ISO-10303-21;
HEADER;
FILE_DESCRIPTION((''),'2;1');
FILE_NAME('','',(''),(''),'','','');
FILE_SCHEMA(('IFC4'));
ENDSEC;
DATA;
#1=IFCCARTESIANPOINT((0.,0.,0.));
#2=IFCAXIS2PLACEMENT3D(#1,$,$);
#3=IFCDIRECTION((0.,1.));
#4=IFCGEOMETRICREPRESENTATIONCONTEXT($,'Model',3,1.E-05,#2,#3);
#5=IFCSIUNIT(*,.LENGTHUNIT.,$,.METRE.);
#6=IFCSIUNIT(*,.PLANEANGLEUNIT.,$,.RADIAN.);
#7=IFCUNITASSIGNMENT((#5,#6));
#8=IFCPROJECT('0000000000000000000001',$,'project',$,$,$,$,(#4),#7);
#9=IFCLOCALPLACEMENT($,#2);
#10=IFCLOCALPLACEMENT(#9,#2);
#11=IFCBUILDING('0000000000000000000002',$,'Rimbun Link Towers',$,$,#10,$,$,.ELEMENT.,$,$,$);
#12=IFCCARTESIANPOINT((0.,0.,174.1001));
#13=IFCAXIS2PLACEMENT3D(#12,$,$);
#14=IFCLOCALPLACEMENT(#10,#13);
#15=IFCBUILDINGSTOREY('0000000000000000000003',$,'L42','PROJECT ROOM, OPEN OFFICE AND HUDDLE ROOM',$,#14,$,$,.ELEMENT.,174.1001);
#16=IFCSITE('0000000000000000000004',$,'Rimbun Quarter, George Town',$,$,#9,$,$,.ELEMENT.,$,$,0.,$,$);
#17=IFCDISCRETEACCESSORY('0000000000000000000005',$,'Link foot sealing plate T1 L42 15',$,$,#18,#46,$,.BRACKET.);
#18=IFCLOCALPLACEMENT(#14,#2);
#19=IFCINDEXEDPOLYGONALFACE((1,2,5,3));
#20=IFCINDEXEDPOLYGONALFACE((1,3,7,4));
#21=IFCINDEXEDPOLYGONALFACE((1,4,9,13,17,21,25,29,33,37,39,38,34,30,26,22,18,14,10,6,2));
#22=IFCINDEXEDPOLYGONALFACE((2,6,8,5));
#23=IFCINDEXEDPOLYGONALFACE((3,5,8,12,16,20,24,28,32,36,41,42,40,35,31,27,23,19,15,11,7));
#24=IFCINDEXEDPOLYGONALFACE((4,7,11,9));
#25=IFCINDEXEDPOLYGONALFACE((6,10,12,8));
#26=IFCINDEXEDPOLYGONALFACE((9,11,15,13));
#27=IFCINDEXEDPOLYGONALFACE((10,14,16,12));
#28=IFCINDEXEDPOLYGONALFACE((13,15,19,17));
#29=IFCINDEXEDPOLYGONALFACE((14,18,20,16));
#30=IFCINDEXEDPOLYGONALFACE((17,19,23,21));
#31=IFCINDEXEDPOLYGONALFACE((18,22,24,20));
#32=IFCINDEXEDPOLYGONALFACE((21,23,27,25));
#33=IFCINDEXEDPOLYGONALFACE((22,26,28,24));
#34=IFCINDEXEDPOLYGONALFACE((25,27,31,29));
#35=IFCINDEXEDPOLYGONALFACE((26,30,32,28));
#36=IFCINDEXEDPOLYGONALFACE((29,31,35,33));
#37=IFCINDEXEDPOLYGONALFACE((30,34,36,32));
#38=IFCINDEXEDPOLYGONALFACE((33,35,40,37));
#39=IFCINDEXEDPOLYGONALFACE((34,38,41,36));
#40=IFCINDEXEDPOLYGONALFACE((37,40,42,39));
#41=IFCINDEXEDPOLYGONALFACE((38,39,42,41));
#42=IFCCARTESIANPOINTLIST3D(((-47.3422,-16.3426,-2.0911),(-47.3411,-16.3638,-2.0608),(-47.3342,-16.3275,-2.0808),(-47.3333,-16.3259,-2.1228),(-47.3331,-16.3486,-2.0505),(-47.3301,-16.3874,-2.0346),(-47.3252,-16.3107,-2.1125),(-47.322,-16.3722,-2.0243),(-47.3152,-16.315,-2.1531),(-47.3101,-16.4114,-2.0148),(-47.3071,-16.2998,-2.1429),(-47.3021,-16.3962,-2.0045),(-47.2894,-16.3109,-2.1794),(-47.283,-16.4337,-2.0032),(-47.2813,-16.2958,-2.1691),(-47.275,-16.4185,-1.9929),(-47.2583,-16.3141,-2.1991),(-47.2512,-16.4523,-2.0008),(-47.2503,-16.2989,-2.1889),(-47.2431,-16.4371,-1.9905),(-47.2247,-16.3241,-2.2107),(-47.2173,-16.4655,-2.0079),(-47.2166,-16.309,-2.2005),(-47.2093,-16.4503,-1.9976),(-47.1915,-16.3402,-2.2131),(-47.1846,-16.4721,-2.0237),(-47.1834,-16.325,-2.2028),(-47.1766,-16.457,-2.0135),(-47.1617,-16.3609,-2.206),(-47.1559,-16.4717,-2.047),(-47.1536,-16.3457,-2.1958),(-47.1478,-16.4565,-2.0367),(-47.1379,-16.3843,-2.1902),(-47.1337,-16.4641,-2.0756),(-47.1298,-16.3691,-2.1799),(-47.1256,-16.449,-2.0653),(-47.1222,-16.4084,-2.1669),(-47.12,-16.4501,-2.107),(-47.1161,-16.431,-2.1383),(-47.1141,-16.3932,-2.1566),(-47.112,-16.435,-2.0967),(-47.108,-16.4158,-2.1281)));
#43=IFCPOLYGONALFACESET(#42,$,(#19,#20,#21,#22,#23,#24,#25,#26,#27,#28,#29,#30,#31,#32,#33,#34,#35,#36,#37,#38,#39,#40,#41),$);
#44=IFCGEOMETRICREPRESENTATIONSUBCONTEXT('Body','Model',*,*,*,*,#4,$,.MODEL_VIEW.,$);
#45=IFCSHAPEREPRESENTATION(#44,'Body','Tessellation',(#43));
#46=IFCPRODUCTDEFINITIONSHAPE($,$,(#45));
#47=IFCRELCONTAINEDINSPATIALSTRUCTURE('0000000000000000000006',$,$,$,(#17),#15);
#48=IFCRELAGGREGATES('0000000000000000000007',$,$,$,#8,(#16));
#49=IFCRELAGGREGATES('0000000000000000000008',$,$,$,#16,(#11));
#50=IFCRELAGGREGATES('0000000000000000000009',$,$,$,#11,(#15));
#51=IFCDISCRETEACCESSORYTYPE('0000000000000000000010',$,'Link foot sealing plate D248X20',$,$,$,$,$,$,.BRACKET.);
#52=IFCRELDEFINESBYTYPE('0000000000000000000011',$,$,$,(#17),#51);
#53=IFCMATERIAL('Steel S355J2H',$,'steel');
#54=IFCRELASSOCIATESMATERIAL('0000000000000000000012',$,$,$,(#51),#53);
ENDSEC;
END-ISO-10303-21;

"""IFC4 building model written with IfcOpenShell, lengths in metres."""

from ifc_helpers import new_model, si_unit, direction, frame, origin, origin_2d, place, context, subcontext, project, spatial, circle, extrude, material, material_profile, profile_set, type_object, element, save


model = new_model("IFC4")

# Units and contexts
model_context = context("Model", 3, precision=1e-05, world=origin(), true_north=direction((0.0, 1.0)))
body_context = subcontext(model_context, "Body", "Model", "MODEL_VIEW")
ifc_project = project(units=[si_unit("LENGTHUNIT", "METRE"), si_unit("PLANEANGLEUNIT", "RADIAN")], contexts=[model_context])

# Site, building, storey
site_placement = place(None, origin())
site = spatial("IfcSite", under=ifc_project, at=site_placement, Name="Rimbun Quarter, George Town", CompositionType="ELEMENT", RefElevation=0.0)
building_placement = place(site_placement, origin())
building = spatial("IfcBuilding", under=site, at=building_placement, Name="Rimbun Link Towers", CompositionType="ELEMENT")
storey_placement = place(building_placement, frame((0.0, 0.0, 174.1001)))
storey = spatial("IfcBuildingStorey", under=building, at=storey_placement, Name="L42", Description="PROJECT ROOM, OPEN OFFICE AND HUDDLE ROOM", CompositionType="ELEMENT", Elevation=174.1001)

# Discrete accessory
ifc_material_1 = material(Name="Steel S355J2H", Category="steel")
ifc_material_profile_1 = material_profile(ifc_material_1, circle(Radius=0.124, at=origin_2d()), Name="PL D248")
ifc_profile_set_1 = profile_set([ifc_material_profile_1], Name="Steel S355J2H")
discrete_accessory_type = type_object("IfcDiscreteAccessoryType", Name="Link foot sealing plate D248X20", PredefinedType="BRACKET", material=ifc_profile_set_1)
discrete_accessory_placement = place(storey_placement, frame((-47.2214, -16.3767, -2.0967), z_axis=(-0.403249, -0.75762, -0.513227), x_axis=(0.882747, -0.469849, 0.0)))
element("IfcDiscreteAccessory", 1, at=discrete_accessory_placement, inside=storey, type_object=discrete_accessory_type, Name="Link foot sealing plate T1 L42 15", PredefinedType="BRACKET", context=body_context, shape_type="SweptSolid", body=[
    extrude(circle(Radius=0.124, at=origin_2d()), origin(), (0.0, 0.0, 1.0), 0.02),
])

save(model, "model.ifc")
